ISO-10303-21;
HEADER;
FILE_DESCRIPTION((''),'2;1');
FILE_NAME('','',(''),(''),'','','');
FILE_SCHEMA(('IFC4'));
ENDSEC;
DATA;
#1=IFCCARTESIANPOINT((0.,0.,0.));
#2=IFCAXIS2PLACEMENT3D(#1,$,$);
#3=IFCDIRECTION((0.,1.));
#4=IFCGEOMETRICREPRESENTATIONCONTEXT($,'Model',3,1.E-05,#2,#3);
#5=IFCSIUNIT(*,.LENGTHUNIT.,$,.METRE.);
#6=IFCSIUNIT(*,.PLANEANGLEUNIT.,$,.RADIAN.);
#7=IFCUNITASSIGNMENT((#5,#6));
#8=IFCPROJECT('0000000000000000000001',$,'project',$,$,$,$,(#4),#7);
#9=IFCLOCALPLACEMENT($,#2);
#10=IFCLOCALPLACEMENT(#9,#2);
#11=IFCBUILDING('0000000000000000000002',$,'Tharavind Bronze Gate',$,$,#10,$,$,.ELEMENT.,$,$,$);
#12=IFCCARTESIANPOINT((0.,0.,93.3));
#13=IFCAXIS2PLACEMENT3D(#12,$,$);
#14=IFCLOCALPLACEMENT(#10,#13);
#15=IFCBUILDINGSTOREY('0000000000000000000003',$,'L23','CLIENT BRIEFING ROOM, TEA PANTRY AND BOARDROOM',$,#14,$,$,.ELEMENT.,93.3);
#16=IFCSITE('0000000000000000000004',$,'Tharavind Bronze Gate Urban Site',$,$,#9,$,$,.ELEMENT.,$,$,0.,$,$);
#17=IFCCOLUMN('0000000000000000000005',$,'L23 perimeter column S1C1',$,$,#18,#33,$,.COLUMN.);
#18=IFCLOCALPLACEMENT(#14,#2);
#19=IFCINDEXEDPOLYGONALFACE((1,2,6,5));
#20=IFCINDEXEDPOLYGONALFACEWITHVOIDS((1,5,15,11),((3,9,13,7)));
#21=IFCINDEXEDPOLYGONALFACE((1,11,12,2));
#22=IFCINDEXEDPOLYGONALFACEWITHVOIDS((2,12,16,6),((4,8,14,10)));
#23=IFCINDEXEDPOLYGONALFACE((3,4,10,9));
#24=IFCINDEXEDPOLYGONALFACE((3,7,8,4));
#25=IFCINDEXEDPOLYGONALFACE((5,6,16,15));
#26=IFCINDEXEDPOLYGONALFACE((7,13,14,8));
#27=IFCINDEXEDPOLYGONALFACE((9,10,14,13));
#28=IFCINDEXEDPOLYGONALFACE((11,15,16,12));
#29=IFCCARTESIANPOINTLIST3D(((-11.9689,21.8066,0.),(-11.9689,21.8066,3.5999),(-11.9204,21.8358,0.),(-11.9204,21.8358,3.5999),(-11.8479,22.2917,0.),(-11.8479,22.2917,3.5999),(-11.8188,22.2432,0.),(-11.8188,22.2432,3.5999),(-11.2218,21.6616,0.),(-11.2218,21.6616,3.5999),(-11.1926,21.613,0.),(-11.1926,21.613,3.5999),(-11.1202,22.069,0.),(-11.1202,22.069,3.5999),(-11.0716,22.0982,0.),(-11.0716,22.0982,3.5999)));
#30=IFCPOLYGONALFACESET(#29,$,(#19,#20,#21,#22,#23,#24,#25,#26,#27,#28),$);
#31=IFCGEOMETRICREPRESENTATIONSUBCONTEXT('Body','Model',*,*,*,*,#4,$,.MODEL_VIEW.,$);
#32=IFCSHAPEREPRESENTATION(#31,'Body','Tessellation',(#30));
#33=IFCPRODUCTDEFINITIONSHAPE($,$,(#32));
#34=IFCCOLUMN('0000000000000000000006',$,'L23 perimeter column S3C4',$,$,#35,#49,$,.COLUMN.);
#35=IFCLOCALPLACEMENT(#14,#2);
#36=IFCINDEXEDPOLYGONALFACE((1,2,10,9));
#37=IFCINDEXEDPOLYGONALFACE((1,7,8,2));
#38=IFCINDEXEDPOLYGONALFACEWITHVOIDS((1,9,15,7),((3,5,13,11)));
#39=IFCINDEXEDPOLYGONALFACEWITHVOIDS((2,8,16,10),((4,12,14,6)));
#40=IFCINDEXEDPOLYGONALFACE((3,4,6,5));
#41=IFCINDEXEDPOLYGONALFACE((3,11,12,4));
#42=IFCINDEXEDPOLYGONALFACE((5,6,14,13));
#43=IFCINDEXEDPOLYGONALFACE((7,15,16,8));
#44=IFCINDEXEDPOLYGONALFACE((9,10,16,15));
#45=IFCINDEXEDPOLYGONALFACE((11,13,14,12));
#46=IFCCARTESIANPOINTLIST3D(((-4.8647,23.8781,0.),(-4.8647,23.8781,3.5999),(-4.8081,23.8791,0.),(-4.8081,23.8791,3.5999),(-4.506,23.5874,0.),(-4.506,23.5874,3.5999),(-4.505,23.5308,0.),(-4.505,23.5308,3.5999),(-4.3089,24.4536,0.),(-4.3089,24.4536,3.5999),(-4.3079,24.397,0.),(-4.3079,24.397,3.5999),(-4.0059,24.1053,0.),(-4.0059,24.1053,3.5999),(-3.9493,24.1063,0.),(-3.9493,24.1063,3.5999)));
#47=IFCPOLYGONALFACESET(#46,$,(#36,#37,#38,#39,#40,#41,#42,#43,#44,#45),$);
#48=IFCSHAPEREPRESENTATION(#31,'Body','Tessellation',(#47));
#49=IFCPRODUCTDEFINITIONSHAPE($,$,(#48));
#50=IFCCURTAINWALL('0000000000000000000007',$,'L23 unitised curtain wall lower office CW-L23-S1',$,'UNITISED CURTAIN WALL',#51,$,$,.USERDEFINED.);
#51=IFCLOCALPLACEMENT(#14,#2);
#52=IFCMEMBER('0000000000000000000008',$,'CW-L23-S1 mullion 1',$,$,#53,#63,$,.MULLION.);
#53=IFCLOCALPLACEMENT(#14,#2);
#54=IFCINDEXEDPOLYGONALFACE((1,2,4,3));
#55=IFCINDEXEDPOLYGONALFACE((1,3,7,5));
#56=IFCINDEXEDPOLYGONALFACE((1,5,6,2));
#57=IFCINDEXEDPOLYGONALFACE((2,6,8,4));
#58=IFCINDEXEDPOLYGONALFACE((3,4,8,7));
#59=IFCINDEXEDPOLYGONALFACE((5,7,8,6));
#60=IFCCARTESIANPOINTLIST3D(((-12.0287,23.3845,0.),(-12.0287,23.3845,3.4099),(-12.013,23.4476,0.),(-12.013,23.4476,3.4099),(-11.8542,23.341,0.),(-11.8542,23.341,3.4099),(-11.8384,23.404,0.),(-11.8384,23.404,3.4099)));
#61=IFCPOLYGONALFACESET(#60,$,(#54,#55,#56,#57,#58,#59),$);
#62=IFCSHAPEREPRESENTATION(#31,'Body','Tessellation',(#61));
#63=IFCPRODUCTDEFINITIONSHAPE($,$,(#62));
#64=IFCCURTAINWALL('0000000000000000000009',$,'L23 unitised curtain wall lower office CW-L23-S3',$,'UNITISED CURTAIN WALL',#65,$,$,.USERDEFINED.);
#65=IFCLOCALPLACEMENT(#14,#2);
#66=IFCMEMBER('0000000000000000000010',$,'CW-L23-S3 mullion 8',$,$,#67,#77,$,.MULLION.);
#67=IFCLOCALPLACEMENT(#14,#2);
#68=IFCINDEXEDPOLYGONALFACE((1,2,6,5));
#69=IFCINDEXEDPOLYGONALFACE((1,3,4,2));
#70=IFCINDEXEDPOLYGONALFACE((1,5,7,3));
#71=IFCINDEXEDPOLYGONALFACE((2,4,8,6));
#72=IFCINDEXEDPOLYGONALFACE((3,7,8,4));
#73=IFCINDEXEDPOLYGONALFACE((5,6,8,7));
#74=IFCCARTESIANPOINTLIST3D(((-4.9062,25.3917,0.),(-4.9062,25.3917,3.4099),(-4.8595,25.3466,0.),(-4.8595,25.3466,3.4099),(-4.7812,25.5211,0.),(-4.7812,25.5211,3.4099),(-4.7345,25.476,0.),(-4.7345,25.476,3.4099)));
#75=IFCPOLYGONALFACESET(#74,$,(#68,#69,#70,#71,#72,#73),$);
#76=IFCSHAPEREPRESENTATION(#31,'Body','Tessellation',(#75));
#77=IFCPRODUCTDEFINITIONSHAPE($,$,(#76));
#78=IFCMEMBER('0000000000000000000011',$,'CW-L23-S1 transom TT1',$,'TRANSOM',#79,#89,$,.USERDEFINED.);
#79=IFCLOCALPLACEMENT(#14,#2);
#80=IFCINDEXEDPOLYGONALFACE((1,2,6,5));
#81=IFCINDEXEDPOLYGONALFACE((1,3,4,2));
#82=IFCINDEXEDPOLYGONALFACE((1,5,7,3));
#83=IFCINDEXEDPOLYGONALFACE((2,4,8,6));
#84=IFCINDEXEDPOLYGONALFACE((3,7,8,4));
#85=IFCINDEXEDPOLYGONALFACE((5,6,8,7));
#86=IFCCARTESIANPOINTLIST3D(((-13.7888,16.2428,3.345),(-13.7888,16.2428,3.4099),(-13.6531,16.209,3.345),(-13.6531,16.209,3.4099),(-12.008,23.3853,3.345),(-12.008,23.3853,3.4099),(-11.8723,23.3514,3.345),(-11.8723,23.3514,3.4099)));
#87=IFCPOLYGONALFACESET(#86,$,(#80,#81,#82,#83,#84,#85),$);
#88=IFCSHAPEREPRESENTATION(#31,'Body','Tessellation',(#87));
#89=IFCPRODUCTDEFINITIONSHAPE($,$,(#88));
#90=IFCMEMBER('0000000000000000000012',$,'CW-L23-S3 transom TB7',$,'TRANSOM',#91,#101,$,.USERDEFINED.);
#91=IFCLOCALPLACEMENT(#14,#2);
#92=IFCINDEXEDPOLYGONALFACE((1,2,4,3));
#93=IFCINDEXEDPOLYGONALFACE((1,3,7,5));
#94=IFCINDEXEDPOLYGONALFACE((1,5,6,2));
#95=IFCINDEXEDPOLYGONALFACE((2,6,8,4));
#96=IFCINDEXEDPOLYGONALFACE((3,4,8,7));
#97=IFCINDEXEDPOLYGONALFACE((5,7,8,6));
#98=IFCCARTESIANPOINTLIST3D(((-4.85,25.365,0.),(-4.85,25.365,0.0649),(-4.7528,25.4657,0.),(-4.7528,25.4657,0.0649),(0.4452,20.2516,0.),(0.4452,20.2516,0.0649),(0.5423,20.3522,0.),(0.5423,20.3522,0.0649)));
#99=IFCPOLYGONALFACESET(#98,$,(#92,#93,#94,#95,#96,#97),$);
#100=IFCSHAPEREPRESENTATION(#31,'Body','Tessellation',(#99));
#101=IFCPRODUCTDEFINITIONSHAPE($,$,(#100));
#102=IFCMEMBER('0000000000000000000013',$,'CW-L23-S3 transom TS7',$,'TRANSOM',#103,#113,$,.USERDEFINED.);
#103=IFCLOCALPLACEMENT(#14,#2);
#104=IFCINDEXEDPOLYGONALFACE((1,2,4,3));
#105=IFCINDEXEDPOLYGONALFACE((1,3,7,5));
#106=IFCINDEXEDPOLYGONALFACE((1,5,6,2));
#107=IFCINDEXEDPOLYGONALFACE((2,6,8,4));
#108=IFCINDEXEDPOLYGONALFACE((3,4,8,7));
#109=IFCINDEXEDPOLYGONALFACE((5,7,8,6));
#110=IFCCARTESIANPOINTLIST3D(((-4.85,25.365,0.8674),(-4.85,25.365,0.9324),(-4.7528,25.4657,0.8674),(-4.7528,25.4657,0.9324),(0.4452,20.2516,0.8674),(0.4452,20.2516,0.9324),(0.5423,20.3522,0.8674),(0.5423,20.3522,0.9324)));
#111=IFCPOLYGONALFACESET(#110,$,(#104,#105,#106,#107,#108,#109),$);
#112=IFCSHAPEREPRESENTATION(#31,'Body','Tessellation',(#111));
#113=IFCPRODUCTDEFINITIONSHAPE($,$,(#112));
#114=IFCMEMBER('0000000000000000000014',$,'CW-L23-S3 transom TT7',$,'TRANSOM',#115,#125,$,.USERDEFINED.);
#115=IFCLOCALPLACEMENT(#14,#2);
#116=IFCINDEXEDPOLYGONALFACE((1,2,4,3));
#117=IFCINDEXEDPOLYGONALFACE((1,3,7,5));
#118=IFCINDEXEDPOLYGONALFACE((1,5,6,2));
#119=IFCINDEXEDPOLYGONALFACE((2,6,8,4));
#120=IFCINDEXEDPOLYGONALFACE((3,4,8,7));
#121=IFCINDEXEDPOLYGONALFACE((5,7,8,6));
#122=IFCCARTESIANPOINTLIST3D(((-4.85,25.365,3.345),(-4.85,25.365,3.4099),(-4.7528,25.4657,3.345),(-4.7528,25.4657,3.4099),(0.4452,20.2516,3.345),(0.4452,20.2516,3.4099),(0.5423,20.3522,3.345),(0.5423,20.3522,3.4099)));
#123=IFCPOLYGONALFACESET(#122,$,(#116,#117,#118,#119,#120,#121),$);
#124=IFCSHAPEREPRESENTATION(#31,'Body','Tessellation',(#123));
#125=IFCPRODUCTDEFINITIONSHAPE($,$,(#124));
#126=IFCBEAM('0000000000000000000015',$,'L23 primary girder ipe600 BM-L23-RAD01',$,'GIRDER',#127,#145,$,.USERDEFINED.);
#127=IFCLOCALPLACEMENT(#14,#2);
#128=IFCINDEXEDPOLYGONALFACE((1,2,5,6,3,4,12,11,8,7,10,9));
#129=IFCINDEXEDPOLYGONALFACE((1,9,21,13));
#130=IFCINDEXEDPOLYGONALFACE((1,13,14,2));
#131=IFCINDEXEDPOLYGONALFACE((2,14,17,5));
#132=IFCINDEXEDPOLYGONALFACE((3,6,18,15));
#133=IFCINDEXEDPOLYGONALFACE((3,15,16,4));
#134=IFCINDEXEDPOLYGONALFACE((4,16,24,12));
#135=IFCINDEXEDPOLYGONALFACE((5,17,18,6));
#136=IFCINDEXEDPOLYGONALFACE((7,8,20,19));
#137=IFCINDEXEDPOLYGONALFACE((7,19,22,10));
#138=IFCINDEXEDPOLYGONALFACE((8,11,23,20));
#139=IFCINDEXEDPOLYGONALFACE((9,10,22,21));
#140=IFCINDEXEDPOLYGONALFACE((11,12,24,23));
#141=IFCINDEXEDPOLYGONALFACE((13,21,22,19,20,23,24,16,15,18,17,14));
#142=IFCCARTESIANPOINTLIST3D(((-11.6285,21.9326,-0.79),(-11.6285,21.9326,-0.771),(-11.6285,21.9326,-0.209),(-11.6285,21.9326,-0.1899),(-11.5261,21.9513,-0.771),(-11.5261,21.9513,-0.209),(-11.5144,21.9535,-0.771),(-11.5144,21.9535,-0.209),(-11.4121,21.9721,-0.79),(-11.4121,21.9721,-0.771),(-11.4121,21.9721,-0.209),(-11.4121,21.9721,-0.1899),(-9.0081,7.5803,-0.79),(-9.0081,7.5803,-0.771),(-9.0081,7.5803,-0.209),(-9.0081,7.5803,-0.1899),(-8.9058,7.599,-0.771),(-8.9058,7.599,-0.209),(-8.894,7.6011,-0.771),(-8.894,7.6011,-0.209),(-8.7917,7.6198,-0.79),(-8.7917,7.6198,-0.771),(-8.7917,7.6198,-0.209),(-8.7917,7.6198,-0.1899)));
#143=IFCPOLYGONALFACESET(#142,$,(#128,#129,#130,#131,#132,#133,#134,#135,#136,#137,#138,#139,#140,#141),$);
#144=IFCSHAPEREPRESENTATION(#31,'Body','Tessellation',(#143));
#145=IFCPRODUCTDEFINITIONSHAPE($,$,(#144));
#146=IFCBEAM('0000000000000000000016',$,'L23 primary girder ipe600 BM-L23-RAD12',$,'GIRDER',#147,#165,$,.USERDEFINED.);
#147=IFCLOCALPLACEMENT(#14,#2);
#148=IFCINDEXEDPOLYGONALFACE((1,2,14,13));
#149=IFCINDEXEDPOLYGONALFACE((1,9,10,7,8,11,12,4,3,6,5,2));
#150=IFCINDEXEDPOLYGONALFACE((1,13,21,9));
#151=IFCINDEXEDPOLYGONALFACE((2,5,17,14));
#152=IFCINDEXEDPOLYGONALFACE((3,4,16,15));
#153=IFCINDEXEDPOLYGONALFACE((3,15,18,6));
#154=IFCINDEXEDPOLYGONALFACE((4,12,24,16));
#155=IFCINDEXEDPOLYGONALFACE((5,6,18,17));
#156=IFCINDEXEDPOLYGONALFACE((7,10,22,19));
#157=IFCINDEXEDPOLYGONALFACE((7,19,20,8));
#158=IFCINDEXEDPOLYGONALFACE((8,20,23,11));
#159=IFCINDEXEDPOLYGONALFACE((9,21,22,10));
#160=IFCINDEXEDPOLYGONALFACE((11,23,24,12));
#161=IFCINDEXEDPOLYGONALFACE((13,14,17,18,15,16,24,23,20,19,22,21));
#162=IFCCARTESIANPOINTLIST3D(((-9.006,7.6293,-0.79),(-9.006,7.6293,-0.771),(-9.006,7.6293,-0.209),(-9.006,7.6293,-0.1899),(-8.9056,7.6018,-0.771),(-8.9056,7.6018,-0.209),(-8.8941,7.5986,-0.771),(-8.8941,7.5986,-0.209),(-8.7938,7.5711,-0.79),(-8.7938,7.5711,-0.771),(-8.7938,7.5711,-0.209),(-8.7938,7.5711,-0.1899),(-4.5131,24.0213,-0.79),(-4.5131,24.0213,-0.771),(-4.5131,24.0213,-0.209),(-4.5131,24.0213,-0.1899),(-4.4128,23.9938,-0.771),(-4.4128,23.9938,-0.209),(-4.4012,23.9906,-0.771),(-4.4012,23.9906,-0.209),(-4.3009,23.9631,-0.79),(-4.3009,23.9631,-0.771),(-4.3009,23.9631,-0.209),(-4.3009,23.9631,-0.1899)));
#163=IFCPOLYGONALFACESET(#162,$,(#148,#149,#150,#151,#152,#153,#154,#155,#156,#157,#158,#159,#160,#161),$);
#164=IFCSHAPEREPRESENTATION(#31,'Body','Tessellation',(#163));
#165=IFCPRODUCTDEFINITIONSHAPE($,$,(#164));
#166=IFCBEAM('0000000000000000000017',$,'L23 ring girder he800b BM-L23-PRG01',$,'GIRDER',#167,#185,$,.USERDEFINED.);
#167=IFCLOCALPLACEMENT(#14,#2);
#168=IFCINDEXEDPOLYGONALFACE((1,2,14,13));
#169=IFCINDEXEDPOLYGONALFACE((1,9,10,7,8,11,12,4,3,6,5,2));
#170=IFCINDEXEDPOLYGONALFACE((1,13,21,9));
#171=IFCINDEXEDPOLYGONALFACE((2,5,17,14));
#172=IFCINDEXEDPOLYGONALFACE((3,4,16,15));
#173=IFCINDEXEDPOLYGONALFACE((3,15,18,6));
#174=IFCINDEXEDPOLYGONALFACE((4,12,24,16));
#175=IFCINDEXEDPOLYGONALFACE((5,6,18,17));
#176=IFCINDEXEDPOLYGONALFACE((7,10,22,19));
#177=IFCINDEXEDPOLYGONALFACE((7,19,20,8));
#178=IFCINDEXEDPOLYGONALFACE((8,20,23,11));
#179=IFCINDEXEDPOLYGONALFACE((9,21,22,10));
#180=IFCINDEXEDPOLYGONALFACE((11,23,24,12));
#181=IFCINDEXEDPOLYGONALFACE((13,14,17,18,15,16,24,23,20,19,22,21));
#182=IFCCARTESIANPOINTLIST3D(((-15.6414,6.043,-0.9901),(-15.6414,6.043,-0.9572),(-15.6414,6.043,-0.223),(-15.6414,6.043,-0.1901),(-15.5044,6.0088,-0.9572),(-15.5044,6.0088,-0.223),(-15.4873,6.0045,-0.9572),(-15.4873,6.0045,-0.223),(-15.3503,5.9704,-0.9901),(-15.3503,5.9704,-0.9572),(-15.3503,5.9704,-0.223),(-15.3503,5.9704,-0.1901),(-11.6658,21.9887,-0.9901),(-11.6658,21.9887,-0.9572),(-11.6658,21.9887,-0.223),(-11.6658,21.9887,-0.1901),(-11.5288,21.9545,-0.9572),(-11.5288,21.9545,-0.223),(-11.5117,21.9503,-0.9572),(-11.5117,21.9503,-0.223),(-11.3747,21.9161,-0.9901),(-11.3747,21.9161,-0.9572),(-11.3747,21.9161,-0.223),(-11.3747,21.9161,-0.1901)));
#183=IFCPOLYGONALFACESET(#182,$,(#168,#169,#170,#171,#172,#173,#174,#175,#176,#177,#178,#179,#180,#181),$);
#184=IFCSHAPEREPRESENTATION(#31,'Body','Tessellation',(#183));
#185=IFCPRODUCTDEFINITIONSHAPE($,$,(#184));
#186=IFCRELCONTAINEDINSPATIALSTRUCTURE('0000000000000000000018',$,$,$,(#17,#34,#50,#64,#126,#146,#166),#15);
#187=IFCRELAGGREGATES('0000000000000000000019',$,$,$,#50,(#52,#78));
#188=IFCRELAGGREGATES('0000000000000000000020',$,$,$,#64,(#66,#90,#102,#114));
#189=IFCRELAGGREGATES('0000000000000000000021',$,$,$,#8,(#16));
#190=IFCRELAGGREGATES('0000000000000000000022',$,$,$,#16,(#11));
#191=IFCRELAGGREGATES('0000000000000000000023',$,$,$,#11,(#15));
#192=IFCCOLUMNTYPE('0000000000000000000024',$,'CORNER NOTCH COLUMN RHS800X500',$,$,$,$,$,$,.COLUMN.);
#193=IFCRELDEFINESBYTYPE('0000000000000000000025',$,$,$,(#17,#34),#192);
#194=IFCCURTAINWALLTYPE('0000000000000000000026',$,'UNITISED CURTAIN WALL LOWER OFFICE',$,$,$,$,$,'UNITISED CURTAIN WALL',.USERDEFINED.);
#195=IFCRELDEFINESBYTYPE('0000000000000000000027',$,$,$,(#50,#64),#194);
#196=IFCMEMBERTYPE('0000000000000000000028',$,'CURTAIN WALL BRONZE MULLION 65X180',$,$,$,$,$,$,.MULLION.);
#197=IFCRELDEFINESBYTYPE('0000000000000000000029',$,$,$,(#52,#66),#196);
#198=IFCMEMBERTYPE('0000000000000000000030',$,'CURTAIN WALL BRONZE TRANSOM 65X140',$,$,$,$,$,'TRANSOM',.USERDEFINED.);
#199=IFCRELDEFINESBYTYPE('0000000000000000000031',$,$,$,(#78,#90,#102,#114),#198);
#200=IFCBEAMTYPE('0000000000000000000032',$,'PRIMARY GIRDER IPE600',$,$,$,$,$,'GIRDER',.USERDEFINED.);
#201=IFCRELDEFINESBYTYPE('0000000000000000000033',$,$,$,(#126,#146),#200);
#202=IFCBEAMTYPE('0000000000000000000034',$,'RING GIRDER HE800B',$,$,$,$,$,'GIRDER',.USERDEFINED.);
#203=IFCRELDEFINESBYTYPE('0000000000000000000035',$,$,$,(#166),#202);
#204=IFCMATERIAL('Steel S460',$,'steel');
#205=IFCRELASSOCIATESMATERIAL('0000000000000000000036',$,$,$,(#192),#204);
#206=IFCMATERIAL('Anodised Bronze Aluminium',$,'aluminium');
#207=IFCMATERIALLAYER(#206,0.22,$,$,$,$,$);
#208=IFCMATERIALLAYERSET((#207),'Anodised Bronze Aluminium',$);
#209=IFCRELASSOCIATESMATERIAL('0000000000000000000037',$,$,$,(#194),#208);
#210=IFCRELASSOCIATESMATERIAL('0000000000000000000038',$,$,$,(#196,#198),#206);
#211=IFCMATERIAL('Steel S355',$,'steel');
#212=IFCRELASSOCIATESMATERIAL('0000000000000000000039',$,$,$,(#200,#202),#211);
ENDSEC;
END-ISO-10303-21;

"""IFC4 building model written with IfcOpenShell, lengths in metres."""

from ifc_helpers import new_model, si_unit, direction, frame, origin, origin_2d, place, context, subcontext, project, spatial, rectangle, hollow_rectangle, i_section, extrude, material, layer, layer_set, material_profile, profile_set, type_object, element, aggregate, save


model = new_model("IFC4")

# Units and contexts
model_context = context("Model", 3, precision=1e-05, world=origin(), true_north=direction((0.0, 1.0)))
body_context = subcontext(model_context, "Body", "Model", "MODEL_VIEW")
ifc_project = project(units=[si_unit("LENGTHUNIT", "METRE"), si_unit("PLANEANGLEUNIT", "RADIAN")], contexts=[model_context])

# Site, building, storey
site_placement = place(None, origin())
site = spatial("IfcSite", under=ifc_project, at=site_placement, Name="Tharavind Bronze Gate Urban Site", CompositionType="ELEMENT", RefElevation=0.0)
building_placement = place(site_placement, origin())
building = spatial("IfcBuilding", under=site, at=building_placement, Name="Tharavind Bronze Gate", CompositionType="ELEMENT")
storey_placement = place(building_placement, frame((0.0, 0.0, 93.3)))
storey = spatial("IfcBuildingStorey", under=building, at=storey_placement, Name="L23", Description="CLIENT BRIEFING ROOM, TEA PANTRY AND BOARDROOM", CompositionType="ELEMENT", Elevation=93.3)

# Columns
ifc_material_1 = material(Name="Steel S460", Category="steel")
ifc_material_profile_1 = material_profile(ifc_material_1, hollow_rectangle(XDim=0.5, YDim=0.8, WallThickness=0.04, at=origin_2d()), Name="RHS800X500X40")
ifc_profile_set_1 = profile_set([ifc_material_profile_1], Name="Steel S460")
column_type = type_object("IfcColumnType", Name="CORNER NOTCH COLUMN RHS800X500", PredefinedType="COLUMN", material=ifc_profile_set_1)
for number, where, z_axis, x_axis, name in (
    (1, (-11.5203, 21.9524, 0.0), (0.0, 0.0, 1.0), (0.241922, 0.970296, 0.0), "L23 perimeter column S1C1"),
    (2, (-4.407, 23.9922, 0.0), (0.0, 0.0, 1.0), (-0.71934, 0.694658, 0.0), "L23 perimeter column S3C4"),
):
    element("IfcColumn", number, at=place(storey_placement, frame(where, z_axis=z_axis, x_axis=x_axis)), inside=storey, type_object=column_type, Name=name, PredefinedType="COLUMN", context=body_context, shape_type="SweptSolid", body=[
        extrude(hollow_rectangle(XDim=0.5, YDim=0.8, WallThickness=0.04, at=origin_2d()), origin(), (0.0, 0.0, 1.0), 3.5999),
    ])

# Curtain walls, members
ifc_material_2 = material(Name="Anodised Bronze Aluminium", Category="aluminium")
ifc_layer_1 = layer(ifc_material_2, 0.22)
ifc_layer_set_1 = layer_set([ifc_layer_1], Name="Anodised Bronze Aluminium")
curtain_wall_type = type_object("IfcCurtainWallType", Name="UNITISED CURTAIN WALL LOWER OFFICE", ElementType="UNITISED CURTAIN WALL", PredefinedType="USERDEFINED", material=ifc_layer_set_1)
curtain_wall_1_placement = place(storey_placement, origin())
curtain_wall_1 = element("IfcCurtainWall", 3, at=curtain_wall_1_placement, inside=storey, type_object=curtain_wall_type, Name="L23 unitised curtain wall lower office CW-L23-S1", ObjectType="UNITISED CURTAIN WALL", PredefinedType="USERDEFINED")
member_type_1 = type_object("IfcMemberType", Name="CURTAIN WALL BRONZE MULLION 65X180", PredefinedType="MULLION", material=ifc_material_2)
member_1_placement = place(storey_placement, frame((-11.9336, 23.3943, 0.0), z_axis=(0.0, 0.0, 1.0), x_axis=(-0.241922, -0.970296, 0.0)))
member_1 = element("IfcMember", 4, at=member_1_placement, type_object=member_type_1, Name="CW-L23-S1 mullion 1", PredefinedType="MULLION", context=body_context, shape_type="SweptSolid", body=[
    extrude(rectangle(XDim=0.0649, YDim=0.1799, at=origin_2d()), origin(), (0.0, 0.0, 1.0), 3.4099),
])
curtain_wall_2_placement = place(storey_placement, origin())
curtain_wall_2 = element("IfcCurtainWall", 5, at=curtain_wall_2_placement, inside=storey, type_object=curtain_wall_type, Name="L23 unitised curtain wall lower office CW-L23-S3", ObjectType="UNITISED CURTAIN WALL", PredefinedType="USERDEFINED")
member_2_placement = place(storey_placement, frame((-4.8203, 25.4338, 0.0), z_axis=(0.0, 0.0, 1.0), x_axis=(-0.719341, 0.694657, 0.0)))
member_2 = element("IfcMember", 6, at=member_2_placement, type_object=member_type_1, Name="CW-L23-S3 mullion 8", PredefinedType="MULLION", context=body_context, shape_type="SweptSolid", body=[
    extrude(rectangle(XDim=0.0649, YDim=0.1799, at=origin_2d()), origin(), (0.0, 0.0, 1.0), 3.4099),
])

# Members
member_type_2 = type_object("IfcMemberType", Name="CURTAIN WALL BRONZE TRANSOM 65X140", ElementType="TRANSOM", PredefinedType="USERDEFINED", material=ifc_material_2)
member_3_placement = place(storey_placement, frame((-12.8306, 19.7971, 3.345), z_axis=(0.0, 0.0, 1.0), x_axis=(-0.241922, -0.970296, 0.0)))
member_3 = element("IfcMember", 7, at=member_3_placement, type_object=member_type_2, Name="CW-L23-S1 transom TT1", ObjectType="TRANSOM", PredefinedType="USERDEFINED", context=body_context, shape_type="SweptSolid", body=[
    extrude(rectangle(XDim=7.3611, YDim=0.1399, at=origin_2d()), origin(), (0.0, 0.0, 1.0), 0.0649),
])
member_4_placement = place(storey_placement, frame((-2.1538, 22.8586, 0.0), z_axis=(0.0, 0.0, 1.0), x_axis=(-0.719341, 0.694657, 0.0)))
member_4 = element("IfcMember", 8, at=member_4_placement, type_object=member_type_2, Name="CW-L23-S3 transom TB7", ObjectType="TRANSOM", PredefinedType="USERDEFINED", context=body_context, shape_type="SweptSolid", body=[
    extrude(rectangle(XDim=7.3611, YDim=0.1399, at=origin_2d()), origin(), (0.0, 0.0, 1.0), 0.0649),
])
member_5_placement = place(storey_placement, frame((-2.1538, 22.8586, 0.8674), z_axis=(0.0, 0.0, 1.0), x_axis=(-0.719341, 0.694657, 0.0)))
member_5 = element("IfcMember", 9, at=member_5_placement, type_object=member_type_2, Name="CW-L23-S3 transom TS7", ObjectType="TRANSOM", PredefinedType="USERDEFINED", context=body_context, shape_type="SweptSolid", body=[
    extrude(rectangle(XDim=7.3611, YDim=0.1399, at=origin_2d()), origin(), (0.0, 0.0, 1.0), 0.0649),
])
member_6_placement = place(storey_placement, frame((-2.1538, 22.8586, 3.345), z_axis=(0.0, 0.0, 1.0), x_axis=(-0.719341, 0.694657, 0.0)))
member_6 = element("IfcMember", 10, at=member_6_placement, type_object=member_type_2, Name="CW-L23-S3 transom TT7", ObjectType="TRANSOM", PredefinedType="USERDEFINED", context=body_context, shape_type="SweptSolid", body=[
    extrude(rectangle(XDim=7.3611, YDim=0.1399, at=origin_2d()), origin(), (0.0, 0.0, 1.0), 0.0649),
])

# Beams
ifc_material_3 = material(Name="Steel S355", Category="steel")
ifc_material_profile_2 = material_profile(ifc_material_3, i_section(OverallWidth=0.22, OverallDepth=0.6001, WebThickness=0.012, FlangeThickness=0.019, at=origin_2d()), Name="IPE600")
ifc_profile_set_2 = profile_set([ifc_material_profile_2], Name="Steel S355")
beam_type_1 = type_object("IfcBeamType", Name="PRIMARY GIRDER IPE600", ElementType="GIRDER", PredefinedType="USERDEFINED", material=ifc_profile_set_2)
beam_1_placement = place(storey_placement, frame((-11.5203, 21.9524, -0.49), z_axis=(0.179605, -0.983739, 0.0), x_axis=(0.983739, 0.179605, 0.0)))
element("IfcBeam", 11, at=beam_1_placement, inside=storey, type_object=beam_type_1, Name="L23 primary girder ipe600 BM-L23-RAD01", ObjectType="GIRDER", PredefinedType="USERDEFINED", context=body_context, shape_type="SweptSolid", body=[
    extrude(i_section(OverallWidth=0.22, OverallDepth=0.6001, WebThickness=0.012, FlangeThickness=0.019, at=origin_2d()), origin(), (0.0, 0.0, 1.0), 14.5896),
])
beam_2_placement = place(storey_placement, frame((-4.407, 23.9922, -0.49), z_axis=(-0.264341, -0.964429, 0.0), x_axis=(0.964429, -0.264341, 0.0)))
element("IfcBeam", 12, at=beam_2_placement, inside=storey, type_object=beam_type_1, Name="L23 primary girder ipe600 BM-L23-RAD12", ObjectType="GIRDER", PredefinedType="USERDEFINED", context=body_context, shape_type="SweptSolid", body=[
    extrude(i_section(OverallWidth=0.22, OverallDepth=0.6001, WebThickness=0.012, FlangeThickness=0.019, at=origin_2d()), origin(), (0.0, 0.0, 1.0), 16.9966),
])
ifc_material_profile_3 = material_profile(ifc_material_3, i_section(OverallWidth=0.3, OverallDepth=0.8, WebThickness=0.0176, FlangeThickness=0.033, at=origin_2d()), Name="HE800B")
ifc_profile_set_3 = profile_set([ifc_material_profile_3], Name="Steel S355")
beam_type_2 = type_object("IfcBeamType", Name="RING GIRDER HE800B", ElementType="GIRDER", PredefinedType="USERDEFINED", material=ifc_profile_set_3)
beam_3_placement = place(storey_placement, frame((-11.5203, 21.9524, -0.5901), z_axis=(-0.241913, -0.970298, 0.0), x_axis=(0.970298, -0.241913, 0.0)))
element("IfcBeam", 13, at=beam_3_placement, inside=storey, type_object=beam_type_2, Name="L23 ring girder he800b BM-L23-PRG01", ObjectType="GIRDER", PredefinedType="USERDEFINED", context=body_context, shape_type="SweptSolid", body=[
    extrude(i_section(OverallWidth=0.3, OverallDepth=0.8, WebThickness=0.0176, FlangeThickness=0.033, at=origin_2d()), origin(), (0.0, 0.0, 1.0), 16.4338),
])

aggregate(curtain_wall_1, [member_1, member_3])
aggregate(curtain_wall_2, [member_2, member_4, member_5, member_6])

save(model, "model.ifc")
